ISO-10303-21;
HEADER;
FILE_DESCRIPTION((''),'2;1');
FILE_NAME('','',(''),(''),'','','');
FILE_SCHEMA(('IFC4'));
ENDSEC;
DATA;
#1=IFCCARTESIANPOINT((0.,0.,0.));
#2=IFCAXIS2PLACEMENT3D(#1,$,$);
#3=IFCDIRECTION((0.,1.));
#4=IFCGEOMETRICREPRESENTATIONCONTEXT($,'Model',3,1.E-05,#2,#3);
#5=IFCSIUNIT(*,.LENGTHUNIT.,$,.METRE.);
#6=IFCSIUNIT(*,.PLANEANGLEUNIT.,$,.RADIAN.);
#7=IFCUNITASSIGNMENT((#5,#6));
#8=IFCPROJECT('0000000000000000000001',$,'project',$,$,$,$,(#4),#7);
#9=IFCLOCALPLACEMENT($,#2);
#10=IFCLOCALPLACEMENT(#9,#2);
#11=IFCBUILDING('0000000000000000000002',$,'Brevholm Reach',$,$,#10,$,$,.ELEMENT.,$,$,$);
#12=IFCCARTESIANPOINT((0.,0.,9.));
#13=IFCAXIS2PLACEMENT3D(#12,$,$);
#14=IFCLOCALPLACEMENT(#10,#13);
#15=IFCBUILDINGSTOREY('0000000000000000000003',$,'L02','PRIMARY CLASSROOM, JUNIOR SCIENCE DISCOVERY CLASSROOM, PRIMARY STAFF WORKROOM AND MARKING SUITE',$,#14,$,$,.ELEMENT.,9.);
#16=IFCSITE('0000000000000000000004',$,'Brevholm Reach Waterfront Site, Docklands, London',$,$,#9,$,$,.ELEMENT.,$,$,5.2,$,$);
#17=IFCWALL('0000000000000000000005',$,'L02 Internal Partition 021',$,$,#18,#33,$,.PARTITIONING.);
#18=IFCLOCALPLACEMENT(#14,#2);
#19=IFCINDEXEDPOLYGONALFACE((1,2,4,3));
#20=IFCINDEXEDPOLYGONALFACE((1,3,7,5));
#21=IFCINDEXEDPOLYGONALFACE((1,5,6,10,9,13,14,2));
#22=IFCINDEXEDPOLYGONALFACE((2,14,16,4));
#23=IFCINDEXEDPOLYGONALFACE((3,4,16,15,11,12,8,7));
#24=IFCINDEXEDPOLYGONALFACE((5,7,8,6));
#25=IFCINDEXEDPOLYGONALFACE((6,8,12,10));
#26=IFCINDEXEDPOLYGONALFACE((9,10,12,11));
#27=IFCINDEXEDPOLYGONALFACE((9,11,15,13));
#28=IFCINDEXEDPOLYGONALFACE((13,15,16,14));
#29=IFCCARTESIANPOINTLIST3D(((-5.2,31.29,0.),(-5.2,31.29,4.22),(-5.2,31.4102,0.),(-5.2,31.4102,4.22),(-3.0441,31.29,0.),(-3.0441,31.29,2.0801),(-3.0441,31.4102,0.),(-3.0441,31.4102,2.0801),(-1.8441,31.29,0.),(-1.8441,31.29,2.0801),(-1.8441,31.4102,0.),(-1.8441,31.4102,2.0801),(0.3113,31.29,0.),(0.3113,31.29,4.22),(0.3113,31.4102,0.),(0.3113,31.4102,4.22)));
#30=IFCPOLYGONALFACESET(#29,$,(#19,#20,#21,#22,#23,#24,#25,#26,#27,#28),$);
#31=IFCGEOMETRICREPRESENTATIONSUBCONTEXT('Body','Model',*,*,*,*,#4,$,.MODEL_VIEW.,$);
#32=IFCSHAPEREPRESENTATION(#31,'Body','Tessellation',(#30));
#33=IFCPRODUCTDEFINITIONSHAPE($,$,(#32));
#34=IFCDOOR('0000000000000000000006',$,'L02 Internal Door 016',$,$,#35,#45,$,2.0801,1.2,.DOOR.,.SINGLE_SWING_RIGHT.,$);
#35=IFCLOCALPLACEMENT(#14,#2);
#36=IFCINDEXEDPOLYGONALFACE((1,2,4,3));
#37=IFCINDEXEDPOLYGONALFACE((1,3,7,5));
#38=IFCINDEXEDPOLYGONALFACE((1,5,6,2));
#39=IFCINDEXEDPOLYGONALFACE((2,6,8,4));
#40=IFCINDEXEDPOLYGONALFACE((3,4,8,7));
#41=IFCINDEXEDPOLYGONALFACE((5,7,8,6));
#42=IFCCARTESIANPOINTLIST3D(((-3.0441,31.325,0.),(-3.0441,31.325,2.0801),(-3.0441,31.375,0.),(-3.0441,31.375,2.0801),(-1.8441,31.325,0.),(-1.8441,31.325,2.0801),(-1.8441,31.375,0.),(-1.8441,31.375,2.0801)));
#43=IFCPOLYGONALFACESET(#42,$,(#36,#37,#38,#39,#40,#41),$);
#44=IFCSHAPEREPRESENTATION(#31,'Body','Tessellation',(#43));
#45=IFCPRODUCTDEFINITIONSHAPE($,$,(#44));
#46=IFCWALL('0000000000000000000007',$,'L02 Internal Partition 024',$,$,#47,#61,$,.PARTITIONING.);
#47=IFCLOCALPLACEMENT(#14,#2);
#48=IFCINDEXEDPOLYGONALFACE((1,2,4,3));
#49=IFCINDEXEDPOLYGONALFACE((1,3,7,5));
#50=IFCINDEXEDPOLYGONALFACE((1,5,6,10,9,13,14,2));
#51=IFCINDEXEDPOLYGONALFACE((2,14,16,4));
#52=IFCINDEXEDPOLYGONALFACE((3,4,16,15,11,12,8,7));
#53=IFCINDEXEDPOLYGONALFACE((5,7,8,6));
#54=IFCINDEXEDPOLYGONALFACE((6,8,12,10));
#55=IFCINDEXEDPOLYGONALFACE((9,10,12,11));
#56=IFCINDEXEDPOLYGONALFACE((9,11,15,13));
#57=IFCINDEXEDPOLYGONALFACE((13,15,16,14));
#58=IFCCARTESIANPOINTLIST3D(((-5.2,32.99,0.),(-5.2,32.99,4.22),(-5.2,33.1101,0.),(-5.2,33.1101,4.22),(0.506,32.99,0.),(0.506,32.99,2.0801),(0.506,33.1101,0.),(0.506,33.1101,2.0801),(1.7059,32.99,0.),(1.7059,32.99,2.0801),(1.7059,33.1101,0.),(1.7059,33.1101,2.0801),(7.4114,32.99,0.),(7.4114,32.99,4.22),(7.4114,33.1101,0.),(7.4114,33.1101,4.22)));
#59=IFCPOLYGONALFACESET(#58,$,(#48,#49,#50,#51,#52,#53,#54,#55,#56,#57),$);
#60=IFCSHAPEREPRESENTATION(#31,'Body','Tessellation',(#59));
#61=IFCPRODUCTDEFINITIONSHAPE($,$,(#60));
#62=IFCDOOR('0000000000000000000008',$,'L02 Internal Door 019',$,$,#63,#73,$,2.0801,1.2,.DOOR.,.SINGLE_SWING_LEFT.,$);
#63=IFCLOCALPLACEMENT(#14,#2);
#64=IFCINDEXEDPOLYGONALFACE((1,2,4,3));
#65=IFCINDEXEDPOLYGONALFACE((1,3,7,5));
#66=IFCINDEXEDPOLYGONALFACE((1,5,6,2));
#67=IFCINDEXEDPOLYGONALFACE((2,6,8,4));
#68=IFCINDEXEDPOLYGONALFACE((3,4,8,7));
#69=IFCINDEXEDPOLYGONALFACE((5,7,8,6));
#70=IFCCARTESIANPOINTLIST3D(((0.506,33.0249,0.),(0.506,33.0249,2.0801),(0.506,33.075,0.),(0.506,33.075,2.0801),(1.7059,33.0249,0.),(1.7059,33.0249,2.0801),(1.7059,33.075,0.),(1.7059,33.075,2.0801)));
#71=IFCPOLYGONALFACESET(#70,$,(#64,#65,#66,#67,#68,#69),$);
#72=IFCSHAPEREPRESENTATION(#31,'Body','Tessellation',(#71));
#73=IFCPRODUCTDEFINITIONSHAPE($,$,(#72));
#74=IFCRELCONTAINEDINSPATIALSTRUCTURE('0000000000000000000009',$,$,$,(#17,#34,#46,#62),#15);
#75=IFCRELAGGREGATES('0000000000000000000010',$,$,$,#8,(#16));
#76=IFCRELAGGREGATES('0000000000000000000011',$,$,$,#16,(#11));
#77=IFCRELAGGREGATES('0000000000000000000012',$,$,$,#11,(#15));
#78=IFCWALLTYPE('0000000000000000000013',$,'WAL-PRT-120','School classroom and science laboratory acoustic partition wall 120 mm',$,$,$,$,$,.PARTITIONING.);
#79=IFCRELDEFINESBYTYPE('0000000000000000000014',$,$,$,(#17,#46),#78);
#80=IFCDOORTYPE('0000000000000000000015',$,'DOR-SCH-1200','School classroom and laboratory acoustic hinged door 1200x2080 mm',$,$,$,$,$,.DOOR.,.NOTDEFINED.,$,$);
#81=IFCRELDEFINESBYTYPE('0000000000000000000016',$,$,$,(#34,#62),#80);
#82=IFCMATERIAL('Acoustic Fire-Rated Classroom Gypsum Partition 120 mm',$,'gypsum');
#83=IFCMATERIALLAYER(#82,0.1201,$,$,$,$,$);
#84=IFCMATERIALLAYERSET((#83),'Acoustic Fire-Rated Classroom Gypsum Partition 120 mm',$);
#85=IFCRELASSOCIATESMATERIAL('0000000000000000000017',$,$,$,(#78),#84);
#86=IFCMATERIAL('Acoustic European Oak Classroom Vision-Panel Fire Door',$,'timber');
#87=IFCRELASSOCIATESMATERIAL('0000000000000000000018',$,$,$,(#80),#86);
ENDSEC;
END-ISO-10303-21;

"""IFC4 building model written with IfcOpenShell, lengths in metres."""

from ifc_helpers import new_model, si_unit, direction, frame, frame_2d, origin, place, context, subcontext, project, spatial, rectangle, extrude, material, layer, layer_set, type_object, element, fill, save


model = new_model("IFC4")

# Units and contexts
model_context = context("Model", 3, precision=1e-05, world=origin(), true_north=direction((0.0, 1.0)))
body_context = subcontext(model_context, "Body", "Model", "MODEL_VIEW")
ifc_project = project(units=[si_unit("LENGTHUNIT", "METRE"), si_unit("PLANEANGLEUNIT", "RADIAN")], contexts=[model_context])

# Site, building, storey
site_placement = place(None, origin())
site = spatial("IfcSite", under=ifc_project, at=site_placement, Name="Brevholm Reach Waterfront Site, Docklands, London", CompositionType="ELEMENT", RefElevation=5.2)
building_placement = place(site_placement, origin())
building = spatial("IfcBuilding", under=site, at=building_placement, Name="Brevholm Reach", CompositionType="ELEMENT")
storey_placement = place(building_placement, frame((0.0, 0.0, 9.0)))
storey = spatial("IfcBuildingStorey", under=building, at=storey_placement, Name="L02", Description="PRIMARY CLASSROOM, JUNIOR SCIENCE DISCOVERY CLASSROOM, PRIMARY STAFF WORKROOM AND MARKING SUITE", CompositionType="ELEMENT", Elevation=9.0)

# Walls, openings, doors
ifc_material_1 = material(Name="Acoustic Fire-Rated Classroom Gypsum Partition 120 mm", Category="gypsum")
ifc_layer_1 = layer(ifc_material_1, 0.1201)
ifc_layer_set_1 = layer_set([ifc_layer_1], Name="Acoustic Fire-Rated Classroom Gypsum Partition 120 mm")
wall_type_1 = type_object("IfcWallType", Name="WAL-PRT-120", Description="School classroom and science laboratory acoustic partition wall 120 mm", PredefinedType="PARTITIONING", material=ifc_layer_set_1)
wall_1_placement = place(storey_placement, frame((-5.2, 31.3501, 0.0), z_axis=(0.0, 0.0, 1.0), x_axis=(1.0, 0.0, 0.0)))
wall_1 = element("IfcWall", 1, at=wall_1_placement, inside=storey, type_object=wall_type_1, Name="L02 Internal Partition 021", PredefinedType="PARTITIONING", context=body_context, shape_type="SweptSolid", body=[
    extrude(rectangle(XDim=5.5112, YDim=0.1201, at=frame_2d((2.7556, 0.0))), origin(), (0.0, 0.0, 1.0), 4.22),
])
opening_1_placement = place(wall_1_placement, frame((2.1558, 0.0, 0.0)))
opening_1 = element("IfcOpeningElement", 2, at=opening_1_placement, cuts=wall_1, PredefinedType="OPENING", context=body_context, shape_type="SweptSolid", body=[
    extrude(rectangle(XDim=1.2, YDim=2.0801, at=frame_2d((0.6001, 1.04))), frame((0.0, 0.0701, 0.0), z_axis=(0.0, -1.0, 0.0), x_axis=(1.0, 0.0, 0.0)), (0.0, 0.0, 1.0), 0.1401),
])
ifc_material_2 = material(Name="Acoustic European Oak Classroom Vision-Panel Fire Door", Category="timber")
door_type = type_object("IfcDoorType", Name="DOR-SCH-1200", Description="School classroom and laboratory acoustic hinged door 1200x2080 mm", OperationType="NOTDEFINED", PredefinedType="DOOR", material=ifc_material_2)
door_1_placement = place(opening_1_placement, origin())
door_1 = element("IfcDoor", 3, at=door_1_placement, inside=storey, type_object=door_type, Name="L02 Internal Door 016", OperationType="SINGLE_SWING_RIGHT", OverallHeight=2.0801, OverallWidth=1.2, PredefinedType="DOOR", context=body_context, shape_type="SweptSolid", body=[
    extrude(rectangle(XDim=1.2, YDim=2.0801, at=frame_2d((0.6001, 1.04))), frame((0.0, 0.0249, 0.0), z_axis=(0.0, -1.0, 0.0), x_axis=(1.0, 0.0, 0.0)), (0.0, 0.0, 1.0), 0.05),
])
fill(opening_1, door_1)
wall_2_placement = place(storey_placement, frame((-5.2, 33.05, 0.0), z_axis=(0.0, 0.0, 1.0), x_axis=(1.0, 0.0, 0.0)))
wall_2 = element("IfcWall", 4, at=wall_2_placement, inside=storey, type_object=wall_type_1, Name="L02 Internal Partition 024", PredefinedType="PARTITIONING", context=body_context, shape_type="SweptSolid", body=[
    extrude(rectangle(XDim=12.6113, YDim=0.1201, at=frame_2d((6.3057, 0.0))), origin(), (0.0, 0.0, 1.0), 4.22),
])
opening_2_placement = place(wall_2_placement, frame((5.7058, 0.0, 0.0)))
opening_2 = element("IfcOpeningElement", 5, at=opening_2_placement, cuts=wall_2, PredefinedType="OPENING", context=body_context, shape_type="SweptSolid", body=[
    extrude(rectangle(XDim=1.2, YDim=2.0801, at=frame_2d((0.6001, 1.04))), frame((0.0, 0.0701, 0.0), z_axis=(0.0, -1.0, 0.0), x_axis=(1.0, 0.0, 0.0)), (0.0, 0.0, 1.0), 0.1401),
])
door_2_placement = place(opening_2_placement, origin())
door_2 = element("IfcDoor", 6, at=door_2_placement, inside=storey, type_object=door_type, Name="L02 Internal Door 019", OperationType="SINGLE_SWING_LEFT", OverallHeight=2.0801, OverallWidth=1.2, PredefinedType="DOOR", context=body_context, shape_type="SweptSolid", body=[
    extrude(rectangle(XDim=1.2, YDim=2.0801, at=frame_2d((0.6001, 1.04))), frame((0.0, 0.0249, 0.0), z_axis=(0.0, -1.0, 0.0), x_axis=(1.0, 0.0, 0.0)), (0.0, 0.0, 1.0), 0.05),
])
fill(opening_2, door_2)

save(model, "model.ifc")
